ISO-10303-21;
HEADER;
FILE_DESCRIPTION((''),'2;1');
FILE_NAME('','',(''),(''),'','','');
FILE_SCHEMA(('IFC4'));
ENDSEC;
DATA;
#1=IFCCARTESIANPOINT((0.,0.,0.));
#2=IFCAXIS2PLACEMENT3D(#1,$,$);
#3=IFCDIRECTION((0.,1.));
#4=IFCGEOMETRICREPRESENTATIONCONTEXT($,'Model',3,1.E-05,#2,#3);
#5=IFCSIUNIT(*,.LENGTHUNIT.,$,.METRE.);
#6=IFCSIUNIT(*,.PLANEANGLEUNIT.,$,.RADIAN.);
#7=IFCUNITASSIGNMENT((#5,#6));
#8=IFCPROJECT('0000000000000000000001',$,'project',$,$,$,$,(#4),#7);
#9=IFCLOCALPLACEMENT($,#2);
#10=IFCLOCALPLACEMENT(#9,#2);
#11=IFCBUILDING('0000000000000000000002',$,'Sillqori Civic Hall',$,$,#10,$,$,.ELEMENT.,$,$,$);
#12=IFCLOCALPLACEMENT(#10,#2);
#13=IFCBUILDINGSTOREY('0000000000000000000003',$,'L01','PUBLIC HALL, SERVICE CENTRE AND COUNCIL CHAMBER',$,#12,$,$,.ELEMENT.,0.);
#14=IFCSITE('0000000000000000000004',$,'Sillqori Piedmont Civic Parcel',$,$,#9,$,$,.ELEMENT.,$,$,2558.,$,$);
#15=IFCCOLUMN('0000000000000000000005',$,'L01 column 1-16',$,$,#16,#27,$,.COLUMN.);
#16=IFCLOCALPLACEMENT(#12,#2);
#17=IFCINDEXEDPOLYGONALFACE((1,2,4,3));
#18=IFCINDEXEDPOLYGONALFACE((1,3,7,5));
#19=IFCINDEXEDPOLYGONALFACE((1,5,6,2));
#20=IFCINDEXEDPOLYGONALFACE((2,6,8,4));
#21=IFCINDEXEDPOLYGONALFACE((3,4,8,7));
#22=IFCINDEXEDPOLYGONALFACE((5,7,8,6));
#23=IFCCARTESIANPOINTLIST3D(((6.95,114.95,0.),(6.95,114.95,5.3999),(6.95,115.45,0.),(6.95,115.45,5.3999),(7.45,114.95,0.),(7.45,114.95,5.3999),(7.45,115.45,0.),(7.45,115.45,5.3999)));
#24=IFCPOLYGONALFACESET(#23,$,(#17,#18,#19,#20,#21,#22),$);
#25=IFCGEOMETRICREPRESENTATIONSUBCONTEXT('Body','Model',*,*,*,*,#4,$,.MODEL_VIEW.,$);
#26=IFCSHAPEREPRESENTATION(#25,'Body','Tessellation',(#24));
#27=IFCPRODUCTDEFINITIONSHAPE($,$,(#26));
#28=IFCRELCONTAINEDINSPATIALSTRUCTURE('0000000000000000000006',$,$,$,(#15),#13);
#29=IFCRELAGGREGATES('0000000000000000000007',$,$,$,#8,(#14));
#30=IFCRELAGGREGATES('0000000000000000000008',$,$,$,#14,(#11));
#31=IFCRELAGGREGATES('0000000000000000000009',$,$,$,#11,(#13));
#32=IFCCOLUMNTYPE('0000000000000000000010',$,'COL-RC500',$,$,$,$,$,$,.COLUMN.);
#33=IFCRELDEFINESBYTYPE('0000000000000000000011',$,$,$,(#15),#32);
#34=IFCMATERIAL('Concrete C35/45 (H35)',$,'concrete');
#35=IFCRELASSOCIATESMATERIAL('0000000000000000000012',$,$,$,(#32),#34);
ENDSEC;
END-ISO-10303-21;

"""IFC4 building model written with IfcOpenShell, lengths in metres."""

from ifc_helpers import new_model, si_unit, direction, frame, origin, origin_2d, place, context, subcontext, project, spatial, rectangle, extrude, material, material_profile, profile_set, type_object, element, save


model = new_model("IFC4")

# Units and contexts
model_context = context("Model", 3, precision=1e-05, world=origin(), true_north=direction((0.0, 1.0)))
body_context = subcontext(model_context, "Body", "Model", "MODEL_VIEW")
ifc_project = project(units=[si_unit("LENGTHUNIT", "METRE"), si_unit("PLANEANGLEUNIT", "RADIAN")], contexts=[model_context])

# Site, building, storey
site_placement = place(None, origin())
site = spatial("IfcSite", under=ifc_project, at=site_placement, Name="Sillqori Piedmont Civic Parcel", CompositionType="ELEMENT", RefElevation=2558.0)
building_placement = place(site_placement, origin())
building = spatial("IfcBuilding", under=site, at=building_placement, Name="Sillqori Civic Hall", CompositionType="ELEMENT")
storey_placement = place(building_placement, origin())
storey = spatial("IfcBuildingStorey", under=building, at=storey_placement, Name="L01", Description="PUBLIC HALL, SERVICE CENTRE AND COUNCIL CHAMBER", CompositionType="ELEMENT", Elevation=0.0)

# Column
ifc_material_1 = material(Name="Concrete C35/45 (H35)", Category="concrete")
ifc_material_profile_1 = material_profile(ifc_material_1, rectangle(XDim=0.5, YDim=0.5, at=origin_2d()), Name="RC 500x500")
ifc_profile_set_1 = profile_set([ifc_material_profile_1], Name="Concrete C35/45 (H35)")
column_type = type_object("IfcColumnType", Name="COL-RC500", PredefinedType="COLUMN", material=ifc_profile_set_1)
column_placement = place(storey_placement, frame((7.2, 115.2, 0.0), z_axis=(0.0, 0.0, 1.0), x_axis=(1.0, 0.0, 0.0)))
element("IfcColumn", 1, at=column_placement, inside=storey, type_object=column_type, Name="L01 column 1-16", PredefinedType="COLUMN", context=body_context, shape_type="SweptSolid", body=[
    extrude(rectangle(XDim=0.5, YDim=0.5, at=origin_2d()), origin(), (0.0, 0.0, 1.0), 5.3999),
])

save(model, "model.ifc")
